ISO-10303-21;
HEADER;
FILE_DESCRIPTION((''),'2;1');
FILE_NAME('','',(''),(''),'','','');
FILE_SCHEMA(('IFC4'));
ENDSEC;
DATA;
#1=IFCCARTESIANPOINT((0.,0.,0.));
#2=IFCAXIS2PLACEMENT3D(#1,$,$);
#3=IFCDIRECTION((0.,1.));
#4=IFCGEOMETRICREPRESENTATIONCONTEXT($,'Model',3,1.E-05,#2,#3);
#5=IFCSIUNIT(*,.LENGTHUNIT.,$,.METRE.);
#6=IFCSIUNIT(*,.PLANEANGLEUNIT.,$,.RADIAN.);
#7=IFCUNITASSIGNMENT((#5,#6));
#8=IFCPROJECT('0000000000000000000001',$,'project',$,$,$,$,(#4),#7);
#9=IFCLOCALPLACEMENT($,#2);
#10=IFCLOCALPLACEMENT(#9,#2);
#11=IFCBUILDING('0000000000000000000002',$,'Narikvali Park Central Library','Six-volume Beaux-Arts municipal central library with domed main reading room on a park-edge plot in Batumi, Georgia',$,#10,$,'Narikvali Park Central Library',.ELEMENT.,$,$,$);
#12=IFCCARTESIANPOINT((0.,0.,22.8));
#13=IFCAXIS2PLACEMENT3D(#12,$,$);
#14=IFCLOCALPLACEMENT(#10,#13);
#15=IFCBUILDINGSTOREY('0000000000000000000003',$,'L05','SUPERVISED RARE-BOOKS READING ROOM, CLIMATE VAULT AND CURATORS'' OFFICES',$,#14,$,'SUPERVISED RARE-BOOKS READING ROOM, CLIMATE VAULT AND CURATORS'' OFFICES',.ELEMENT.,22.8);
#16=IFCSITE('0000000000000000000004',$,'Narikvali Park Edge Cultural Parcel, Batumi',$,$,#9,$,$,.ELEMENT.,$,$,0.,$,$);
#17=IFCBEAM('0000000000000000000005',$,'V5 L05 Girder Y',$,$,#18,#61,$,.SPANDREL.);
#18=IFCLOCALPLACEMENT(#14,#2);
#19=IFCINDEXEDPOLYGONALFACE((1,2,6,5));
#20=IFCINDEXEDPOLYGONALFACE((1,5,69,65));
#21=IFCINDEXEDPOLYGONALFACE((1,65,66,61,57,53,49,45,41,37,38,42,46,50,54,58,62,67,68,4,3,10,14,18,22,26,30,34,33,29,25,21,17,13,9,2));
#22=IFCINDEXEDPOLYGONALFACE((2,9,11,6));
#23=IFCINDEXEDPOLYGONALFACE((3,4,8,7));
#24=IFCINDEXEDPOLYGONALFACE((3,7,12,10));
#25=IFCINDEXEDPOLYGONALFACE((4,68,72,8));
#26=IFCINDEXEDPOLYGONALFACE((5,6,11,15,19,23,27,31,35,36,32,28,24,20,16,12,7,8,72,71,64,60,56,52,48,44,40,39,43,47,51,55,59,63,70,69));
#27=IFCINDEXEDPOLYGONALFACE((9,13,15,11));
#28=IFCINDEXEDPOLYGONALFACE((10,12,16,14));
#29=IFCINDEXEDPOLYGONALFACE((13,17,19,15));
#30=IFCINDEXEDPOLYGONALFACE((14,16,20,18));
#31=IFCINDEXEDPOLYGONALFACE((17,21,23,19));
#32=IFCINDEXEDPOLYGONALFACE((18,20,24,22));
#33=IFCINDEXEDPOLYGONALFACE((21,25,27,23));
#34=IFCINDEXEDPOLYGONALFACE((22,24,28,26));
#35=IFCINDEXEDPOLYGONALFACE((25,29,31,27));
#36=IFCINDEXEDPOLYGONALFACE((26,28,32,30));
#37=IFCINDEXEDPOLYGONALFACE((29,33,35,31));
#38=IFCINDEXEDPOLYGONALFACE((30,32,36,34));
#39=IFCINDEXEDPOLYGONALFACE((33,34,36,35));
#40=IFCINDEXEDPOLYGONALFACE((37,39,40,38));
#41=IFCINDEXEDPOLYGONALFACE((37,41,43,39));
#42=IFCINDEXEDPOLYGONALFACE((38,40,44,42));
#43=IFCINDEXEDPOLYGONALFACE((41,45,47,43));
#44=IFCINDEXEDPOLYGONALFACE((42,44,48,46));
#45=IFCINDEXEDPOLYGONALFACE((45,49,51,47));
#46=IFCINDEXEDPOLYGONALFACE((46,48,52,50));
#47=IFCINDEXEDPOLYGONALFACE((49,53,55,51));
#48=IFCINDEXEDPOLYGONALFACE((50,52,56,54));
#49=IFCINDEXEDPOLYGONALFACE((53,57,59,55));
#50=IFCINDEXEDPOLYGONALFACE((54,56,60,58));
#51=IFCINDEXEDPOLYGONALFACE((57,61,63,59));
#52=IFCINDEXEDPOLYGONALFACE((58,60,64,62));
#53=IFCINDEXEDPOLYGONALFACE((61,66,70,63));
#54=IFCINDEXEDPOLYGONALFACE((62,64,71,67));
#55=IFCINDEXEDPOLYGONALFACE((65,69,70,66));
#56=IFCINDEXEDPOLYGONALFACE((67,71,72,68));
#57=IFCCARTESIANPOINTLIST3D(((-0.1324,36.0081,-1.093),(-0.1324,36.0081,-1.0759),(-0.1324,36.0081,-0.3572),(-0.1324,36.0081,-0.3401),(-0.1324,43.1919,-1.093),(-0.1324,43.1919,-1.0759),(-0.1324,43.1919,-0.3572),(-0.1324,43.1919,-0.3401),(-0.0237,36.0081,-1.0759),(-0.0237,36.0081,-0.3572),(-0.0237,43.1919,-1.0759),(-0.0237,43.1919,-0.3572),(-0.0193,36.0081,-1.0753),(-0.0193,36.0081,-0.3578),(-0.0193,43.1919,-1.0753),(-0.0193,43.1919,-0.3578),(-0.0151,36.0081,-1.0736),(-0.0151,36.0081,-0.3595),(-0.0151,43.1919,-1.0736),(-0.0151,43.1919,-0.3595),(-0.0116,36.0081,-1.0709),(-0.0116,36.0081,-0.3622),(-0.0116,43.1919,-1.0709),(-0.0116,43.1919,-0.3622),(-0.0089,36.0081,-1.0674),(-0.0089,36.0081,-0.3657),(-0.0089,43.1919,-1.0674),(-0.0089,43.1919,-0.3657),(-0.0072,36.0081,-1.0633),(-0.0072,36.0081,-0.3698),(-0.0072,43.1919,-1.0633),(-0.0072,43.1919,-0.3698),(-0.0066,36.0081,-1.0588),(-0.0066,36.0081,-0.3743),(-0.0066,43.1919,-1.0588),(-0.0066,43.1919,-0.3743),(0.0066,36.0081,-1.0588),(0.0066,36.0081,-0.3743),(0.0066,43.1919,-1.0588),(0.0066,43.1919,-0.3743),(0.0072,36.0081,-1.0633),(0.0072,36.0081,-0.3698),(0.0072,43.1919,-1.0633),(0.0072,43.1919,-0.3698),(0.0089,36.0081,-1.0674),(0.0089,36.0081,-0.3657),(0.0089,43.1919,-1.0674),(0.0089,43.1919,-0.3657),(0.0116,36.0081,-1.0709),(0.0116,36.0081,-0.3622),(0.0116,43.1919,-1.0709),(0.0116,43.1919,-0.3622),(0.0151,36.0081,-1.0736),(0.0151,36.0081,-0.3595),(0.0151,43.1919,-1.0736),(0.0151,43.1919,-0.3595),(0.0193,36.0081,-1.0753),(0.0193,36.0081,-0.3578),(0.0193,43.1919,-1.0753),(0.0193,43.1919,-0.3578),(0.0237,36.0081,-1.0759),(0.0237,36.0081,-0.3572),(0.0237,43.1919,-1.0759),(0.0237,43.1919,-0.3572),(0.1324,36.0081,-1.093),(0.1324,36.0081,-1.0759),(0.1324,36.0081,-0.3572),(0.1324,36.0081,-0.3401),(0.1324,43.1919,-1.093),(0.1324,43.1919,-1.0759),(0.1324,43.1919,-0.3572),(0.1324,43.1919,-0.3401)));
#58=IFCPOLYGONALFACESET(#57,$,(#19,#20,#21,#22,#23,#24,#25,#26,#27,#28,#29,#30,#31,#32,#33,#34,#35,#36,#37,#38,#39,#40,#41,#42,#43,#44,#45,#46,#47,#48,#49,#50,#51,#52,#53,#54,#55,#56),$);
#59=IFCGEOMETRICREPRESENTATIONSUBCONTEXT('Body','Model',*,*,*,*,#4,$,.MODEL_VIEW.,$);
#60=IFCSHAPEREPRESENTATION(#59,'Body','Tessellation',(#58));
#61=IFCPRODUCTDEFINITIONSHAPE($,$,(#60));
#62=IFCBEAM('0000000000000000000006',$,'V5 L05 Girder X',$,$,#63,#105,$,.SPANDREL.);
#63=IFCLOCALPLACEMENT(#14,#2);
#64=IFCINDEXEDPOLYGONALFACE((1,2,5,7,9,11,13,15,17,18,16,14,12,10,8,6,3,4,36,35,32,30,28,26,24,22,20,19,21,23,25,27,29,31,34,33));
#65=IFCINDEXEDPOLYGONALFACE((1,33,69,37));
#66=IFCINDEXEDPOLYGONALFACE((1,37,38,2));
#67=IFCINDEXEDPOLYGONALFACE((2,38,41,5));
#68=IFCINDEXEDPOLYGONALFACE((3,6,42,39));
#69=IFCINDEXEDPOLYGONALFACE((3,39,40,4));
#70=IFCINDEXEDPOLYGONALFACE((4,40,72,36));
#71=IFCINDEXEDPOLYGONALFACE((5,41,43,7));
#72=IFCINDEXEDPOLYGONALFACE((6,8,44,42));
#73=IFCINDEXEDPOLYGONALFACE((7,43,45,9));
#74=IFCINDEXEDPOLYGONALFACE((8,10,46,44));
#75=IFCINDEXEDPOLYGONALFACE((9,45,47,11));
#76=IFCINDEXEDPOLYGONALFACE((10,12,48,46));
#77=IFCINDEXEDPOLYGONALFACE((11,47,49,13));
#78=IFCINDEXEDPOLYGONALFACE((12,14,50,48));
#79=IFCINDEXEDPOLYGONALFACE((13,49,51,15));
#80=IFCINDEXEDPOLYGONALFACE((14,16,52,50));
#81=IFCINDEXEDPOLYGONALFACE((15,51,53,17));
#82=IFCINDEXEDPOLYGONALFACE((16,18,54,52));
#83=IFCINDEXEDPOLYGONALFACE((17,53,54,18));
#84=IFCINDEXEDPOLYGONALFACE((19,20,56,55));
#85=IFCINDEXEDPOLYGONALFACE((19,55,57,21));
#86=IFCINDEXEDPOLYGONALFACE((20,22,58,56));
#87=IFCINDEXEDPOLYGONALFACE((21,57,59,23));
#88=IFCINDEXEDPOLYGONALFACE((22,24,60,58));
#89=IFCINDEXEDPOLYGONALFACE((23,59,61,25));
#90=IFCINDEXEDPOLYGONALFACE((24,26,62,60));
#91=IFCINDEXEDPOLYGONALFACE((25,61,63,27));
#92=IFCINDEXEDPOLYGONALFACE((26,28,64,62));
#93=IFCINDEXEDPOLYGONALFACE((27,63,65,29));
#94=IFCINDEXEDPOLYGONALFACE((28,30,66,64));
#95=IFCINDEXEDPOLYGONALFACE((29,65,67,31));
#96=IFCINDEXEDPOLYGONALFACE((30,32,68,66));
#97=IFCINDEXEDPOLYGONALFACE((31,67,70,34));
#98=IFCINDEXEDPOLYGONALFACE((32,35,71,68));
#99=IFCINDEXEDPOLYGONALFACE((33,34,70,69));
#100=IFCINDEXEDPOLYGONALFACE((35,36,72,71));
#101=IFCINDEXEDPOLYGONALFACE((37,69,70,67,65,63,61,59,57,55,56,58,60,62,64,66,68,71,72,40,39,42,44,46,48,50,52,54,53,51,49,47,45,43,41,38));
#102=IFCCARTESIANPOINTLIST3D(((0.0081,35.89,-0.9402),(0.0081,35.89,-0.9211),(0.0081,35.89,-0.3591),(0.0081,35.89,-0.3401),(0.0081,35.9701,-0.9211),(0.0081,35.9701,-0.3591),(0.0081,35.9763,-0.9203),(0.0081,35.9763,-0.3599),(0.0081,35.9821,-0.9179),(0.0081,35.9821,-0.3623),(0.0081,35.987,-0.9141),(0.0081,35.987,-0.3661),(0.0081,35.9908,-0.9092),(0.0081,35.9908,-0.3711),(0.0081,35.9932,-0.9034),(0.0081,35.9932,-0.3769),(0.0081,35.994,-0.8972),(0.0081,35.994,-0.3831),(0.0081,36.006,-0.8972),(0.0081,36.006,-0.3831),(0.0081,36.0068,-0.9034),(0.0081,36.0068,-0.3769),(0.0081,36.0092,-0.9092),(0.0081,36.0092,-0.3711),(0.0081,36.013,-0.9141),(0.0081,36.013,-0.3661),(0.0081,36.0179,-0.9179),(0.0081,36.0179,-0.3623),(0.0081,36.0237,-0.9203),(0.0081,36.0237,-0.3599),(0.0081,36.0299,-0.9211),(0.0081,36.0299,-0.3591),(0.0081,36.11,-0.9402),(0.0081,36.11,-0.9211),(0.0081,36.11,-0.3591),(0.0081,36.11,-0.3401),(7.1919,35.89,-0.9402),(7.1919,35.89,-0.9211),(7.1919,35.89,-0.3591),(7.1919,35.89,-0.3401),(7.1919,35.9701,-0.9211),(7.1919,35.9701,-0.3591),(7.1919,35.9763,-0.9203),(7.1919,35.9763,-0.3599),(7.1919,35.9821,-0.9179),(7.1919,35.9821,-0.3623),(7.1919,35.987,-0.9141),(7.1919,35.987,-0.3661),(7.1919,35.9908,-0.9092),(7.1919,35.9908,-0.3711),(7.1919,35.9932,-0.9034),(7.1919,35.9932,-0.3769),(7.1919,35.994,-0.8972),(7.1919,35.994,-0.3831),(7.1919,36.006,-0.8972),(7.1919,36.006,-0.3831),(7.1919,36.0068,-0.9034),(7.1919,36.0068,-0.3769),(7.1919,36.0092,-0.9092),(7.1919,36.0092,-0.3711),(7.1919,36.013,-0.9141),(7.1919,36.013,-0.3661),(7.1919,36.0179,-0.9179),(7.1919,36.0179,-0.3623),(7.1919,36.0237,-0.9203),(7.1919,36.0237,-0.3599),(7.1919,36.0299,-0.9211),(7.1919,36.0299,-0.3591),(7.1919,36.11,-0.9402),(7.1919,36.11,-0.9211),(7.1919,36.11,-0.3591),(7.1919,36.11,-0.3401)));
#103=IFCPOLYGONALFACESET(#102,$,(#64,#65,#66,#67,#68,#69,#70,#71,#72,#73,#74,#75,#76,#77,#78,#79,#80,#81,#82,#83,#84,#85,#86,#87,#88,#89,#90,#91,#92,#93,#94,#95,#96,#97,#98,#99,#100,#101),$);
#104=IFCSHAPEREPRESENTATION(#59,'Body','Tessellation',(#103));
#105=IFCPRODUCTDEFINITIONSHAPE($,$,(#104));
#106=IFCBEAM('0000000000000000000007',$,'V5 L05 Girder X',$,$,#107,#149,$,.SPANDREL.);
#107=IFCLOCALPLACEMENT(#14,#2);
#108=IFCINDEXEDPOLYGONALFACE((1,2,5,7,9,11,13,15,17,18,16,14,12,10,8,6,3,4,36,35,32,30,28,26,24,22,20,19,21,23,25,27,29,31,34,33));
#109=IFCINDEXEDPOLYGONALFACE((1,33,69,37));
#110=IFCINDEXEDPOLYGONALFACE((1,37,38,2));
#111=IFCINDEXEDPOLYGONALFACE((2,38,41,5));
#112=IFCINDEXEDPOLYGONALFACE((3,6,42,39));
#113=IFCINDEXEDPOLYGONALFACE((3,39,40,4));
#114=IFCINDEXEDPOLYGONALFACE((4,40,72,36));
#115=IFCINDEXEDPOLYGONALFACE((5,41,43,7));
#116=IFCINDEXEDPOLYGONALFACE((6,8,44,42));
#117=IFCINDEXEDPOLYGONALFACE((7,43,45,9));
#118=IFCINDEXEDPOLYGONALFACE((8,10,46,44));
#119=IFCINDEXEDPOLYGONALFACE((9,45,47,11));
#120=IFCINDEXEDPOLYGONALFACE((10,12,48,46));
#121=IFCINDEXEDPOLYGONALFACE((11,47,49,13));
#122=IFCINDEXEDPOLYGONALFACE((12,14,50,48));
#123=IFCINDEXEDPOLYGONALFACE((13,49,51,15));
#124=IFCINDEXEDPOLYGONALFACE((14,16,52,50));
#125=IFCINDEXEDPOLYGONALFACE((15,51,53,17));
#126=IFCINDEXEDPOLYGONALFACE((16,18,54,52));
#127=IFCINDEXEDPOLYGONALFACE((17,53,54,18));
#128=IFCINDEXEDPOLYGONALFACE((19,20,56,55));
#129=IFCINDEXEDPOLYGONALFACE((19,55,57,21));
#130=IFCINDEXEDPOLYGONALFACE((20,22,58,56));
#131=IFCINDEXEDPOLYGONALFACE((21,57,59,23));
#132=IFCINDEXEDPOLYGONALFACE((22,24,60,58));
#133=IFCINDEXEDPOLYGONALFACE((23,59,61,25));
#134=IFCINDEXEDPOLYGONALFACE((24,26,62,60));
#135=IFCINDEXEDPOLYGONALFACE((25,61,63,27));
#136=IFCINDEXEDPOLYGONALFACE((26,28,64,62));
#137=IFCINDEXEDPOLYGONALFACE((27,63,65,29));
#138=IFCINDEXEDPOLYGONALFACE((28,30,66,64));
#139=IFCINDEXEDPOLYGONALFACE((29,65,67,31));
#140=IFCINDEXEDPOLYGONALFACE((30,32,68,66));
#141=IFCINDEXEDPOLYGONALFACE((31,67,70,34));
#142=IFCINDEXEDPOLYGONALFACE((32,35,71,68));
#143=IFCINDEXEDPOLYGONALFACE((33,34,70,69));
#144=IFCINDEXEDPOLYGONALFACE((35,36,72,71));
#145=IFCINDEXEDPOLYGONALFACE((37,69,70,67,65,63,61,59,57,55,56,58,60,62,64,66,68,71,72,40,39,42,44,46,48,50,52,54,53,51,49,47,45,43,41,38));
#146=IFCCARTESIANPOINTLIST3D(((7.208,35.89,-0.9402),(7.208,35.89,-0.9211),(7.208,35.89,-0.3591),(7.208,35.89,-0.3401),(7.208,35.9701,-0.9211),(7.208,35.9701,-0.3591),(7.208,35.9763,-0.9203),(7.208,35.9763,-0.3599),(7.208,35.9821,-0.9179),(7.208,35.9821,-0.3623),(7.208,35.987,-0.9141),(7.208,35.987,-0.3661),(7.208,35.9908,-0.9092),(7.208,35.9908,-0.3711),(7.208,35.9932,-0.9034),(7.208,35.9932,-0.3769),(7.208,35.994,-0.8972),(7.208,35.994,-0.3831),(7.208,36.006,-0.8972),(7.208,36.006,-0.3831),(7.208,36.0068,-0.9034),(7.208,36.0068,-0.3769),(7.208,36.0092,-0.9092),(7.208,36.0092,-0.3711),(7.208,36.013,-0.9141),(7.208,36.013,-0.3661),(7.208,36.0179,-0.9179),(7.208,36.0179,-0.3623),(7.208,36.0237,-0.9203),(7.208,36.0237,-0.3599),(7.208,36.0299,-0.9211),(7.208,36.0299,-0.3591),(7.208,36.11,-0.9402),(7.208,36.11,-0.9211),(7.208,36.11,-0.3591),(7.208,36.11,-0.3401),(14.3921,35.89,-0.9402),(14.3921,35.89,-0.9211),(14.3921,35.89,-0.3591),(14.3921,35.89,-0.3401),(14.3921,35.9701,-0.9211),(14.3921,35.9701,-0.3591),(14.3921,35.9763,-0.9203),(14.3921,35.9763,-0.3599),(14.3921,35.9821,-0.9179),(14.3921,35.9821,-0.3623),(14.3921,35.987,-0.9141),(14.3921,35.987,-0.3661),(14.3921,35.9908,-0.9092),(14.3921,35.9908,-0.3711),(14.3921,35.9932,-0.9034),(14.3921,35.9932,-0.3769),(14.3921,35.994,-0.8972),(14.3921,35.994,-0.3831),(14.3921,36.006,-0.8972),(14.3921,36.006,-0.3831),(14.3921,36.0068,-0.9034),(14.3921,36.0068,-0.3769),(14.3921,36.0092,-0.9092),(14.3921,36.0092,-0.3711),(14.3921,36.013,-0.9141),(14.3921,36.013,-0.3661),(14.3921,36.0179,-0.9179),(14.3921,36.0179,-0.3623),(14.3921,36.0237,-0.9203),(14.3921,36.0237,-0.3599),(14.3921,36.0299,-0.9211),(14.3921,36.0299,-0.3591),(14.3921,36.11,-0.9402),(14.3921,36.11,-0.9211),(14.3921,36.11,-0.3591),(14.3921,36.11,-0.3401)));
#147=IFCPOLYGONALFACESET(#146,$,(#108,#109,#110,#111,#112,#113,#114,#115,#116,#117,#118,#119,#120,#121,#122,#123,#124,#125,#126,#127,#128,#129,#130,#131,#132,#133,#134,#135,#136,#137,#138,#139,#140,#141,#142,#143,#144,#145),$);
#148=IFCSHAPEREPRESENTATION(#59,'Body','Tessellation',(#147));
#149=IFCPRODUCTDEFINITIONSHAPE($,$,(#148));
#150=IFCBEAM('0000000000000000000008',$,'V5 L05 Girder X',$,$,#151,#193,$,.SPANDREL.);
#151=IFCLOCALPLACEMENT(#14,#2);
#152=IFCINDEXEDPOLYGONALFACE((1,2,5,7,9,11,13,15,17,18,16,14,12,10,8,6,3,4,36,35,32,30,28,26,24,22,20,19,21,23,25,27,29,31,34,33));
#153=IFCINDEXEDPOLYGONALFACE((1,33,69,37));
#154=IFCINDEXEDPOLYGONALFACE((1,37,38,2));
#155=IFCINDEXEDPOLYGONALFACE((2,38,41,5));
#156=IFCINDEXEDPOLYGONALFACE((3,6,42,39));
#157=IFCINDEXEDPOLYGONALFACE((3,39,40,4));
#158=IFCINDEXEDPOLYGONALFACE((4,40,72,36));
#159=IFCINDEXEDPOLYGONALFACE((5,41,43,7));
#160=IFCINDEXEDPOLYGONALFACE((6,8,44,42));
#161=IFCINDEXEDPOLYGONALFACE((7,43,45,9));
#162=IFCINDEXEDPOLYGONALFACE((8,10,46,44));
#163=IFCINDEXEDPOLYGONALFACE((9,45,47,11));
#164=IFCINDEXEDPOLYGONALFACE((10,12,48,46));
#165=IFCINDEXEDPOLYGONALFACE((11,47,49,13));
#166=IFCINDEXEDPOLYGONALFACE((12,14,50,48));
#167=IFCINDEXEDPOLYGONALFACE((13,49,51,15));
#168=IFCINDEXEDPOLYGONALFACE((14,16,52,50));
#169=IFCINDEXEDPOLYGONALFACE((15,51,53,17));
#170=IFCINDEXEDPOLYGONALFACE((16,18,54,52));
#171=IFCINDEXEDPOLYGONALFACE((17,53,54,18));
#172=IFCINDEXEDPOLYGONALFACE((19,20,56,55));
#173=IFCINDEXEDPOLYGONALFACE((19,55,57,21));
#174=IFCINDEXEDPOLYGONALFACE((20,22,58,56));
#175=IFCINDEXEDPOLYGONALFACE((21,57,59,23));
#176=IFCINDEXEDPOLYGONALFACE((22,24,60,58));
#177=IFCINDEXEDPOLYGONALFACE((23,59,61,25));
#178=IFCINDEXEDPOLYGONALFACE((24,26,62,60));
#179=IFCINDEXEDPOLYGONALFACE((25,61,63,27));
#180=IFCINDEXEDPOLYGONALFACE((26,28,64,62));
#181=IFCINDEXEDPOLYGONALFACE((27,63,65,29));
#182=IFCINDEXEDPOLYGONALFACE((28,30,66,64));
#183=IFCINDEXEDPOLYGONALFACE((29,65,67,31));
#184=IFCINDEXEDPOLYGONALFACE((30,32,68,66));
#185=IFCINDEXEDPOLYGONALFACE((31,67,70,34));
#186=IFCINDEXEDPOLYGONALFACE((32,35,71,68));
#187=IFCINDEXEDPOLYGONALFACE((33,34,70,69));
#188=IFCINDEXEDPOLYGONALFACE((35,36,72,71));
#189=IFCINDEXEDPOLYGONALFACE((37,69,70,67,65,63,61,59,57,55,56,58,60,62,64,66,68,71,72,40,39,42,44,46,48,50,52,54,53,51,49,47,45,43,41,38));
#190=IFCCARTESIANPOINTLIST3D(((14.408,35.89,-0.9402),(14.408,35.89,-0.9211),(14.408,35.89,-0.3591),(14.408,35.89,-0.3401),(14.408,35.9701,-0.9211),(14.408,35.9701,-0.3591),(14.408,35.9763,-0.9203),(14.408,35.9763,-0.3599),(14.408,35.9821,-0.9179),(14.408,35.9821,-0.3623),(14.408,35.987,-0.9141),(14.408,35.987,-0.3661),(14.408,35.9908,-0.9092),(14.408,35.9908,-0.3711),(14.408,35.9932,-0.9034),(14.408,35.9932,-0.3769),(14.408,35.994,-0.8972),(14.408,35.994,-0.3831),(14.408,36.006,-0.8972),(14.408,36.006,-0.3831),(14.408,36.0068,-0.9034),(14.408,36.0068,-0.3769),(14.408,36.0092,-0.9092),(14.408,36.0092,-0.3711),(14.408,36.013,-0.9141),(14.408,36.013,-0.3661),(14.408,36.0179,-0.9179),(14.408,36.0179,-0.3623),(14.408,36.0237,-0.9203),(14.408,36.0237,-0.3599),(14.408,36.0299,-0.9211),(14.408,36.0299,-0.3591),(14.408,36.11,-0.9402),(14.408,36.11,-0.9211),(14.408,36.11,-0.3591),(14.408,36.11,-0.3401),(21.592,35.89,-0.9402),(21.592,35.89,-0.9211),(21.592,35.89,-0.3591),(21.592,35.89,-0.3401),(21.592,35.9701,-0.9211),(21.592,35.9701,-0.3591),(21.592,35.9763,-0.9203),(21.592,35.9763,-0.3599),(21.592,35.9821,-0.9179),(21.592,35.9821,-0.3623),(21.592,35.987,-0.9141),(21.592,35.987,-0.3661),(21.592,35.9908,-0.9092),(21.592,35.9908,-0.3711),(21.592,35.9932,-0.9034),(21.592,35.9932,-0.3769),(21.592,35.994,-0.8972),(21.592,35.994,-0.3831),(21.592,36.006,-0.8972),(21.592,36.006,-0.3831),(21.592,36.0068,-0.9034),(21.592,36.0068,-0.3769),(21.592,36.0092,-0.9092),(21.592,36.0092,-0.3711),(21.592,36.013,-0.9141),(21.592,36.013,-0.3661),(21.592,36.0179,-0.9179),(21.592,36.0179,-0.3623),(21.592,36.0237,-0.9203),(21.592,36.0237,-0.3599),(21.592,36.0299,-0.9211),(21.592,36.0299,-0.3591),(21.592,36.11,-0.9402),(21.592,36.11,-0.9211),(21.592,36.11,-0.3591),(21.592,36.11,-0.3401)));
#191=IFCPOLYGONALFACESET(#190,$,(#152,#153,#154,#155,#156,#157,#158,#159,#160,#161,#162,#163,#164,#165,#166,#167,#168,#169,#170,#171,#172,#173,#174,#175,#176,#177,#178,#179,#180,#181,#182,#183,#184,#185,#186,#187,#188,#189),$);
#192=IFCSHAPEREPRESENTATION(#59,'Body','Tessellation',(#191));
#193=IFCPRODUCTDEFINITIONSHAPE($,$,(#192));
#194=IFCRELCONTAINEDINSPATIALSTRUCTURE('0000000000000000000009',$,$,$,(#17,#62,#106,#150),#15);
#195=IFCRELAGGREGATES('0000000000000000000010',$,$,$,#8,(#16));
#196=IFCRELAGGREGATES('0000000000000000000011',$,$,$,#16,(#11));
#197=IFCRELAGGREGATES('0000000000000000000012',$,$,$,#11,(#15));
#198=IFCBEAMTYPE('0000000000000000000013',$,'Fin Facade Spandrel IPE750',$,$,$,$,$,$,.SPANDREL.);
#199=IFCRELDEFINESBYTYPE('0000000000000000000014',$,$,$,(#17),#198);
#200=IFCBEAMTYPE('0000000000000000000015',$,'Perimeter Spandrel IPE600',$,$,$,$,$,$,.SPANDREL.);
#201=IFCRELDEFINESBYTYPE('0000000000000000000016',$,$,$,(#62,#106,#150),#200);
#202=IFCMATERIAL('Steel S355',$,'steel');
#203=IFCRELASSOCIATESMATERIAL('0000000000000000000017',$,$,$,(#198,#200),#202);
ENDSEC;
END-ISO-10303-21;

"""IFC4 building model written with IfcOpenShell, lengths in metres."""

from ifc_helpers import new_model, si_unit, direction, frame, origin, origin_2d, place, context, subcontext, project, spatial, i_section, extrude, material, material_profile, profile_set, type_object, element, save


model = new_model("IFC4")

# Units and contexts
model_context = context("Model", 3, precision=1e-05, world=origin(), true_north=direction((0.0, 1.0)))
body_context = subcontext(model_context, "Body", "Model", "MODEL_VIEW")
ifc_project = project(units=[si_unit("LENGTHUNIT", "METRE"), si_unit("PLANEANGLEUNIT", "RADIAN")], contexts=[model_context])

# Site, building, storey
site_placement = place(None, origin())
site = spatial("IfcSite", under=ifc_project, at=site_placement, Name="Narikvali Park Edge Cultural Parcel, Batumi", CompositionType="ELEMENT", RefElevation=0.0)
building_placement = place(site_placement, origin())
building = spatial("IfcBuilding", under=site, at=building_placement, Name="Narikvali Park Central Library", Description="Six-volume Beaux-Arts municipal central library with domed main reading room on a park-edge plot in Batumi, Georgia", LongName="Narikvali Park Central Library", CompositionType="ELEMENT")
storey_placement = place(building_placement, frame((0.0, 0.0, 22.8)))
storey = spatial("IfcBuildingStorey", under=building, at=storey_placement, Name="L05", Description="SUPERVISED RARE-BOOKS READING ROOM, CLIMATE VAULT AND CURATORS' OFFICES", LongName="SUPERVISED RARE-BOOKS READING ROOM, CLIMATE VAULT AND CURATORS' OFFICES", CompositionType="ELEMENT", Elevation=22.8)

# Beams
ifc_material_1 = material(Name="Steel S355", Category="steel")
ifc_material_profile_1 = material_profile(ifc_material_1, i_section(OverallWidth=0.2649, OverallDepth=0.7529, WebThickness=0.0132, FlangeThickness=0.0171, FilletRadius=0.0171, at=origin_2d()), Name="IPE 750x147")
ifc_profile_set_1 = profile_set([ifc_material_profile_1], Name="Steel S355")
beam_type_1 = type_object("IfcBeamType", Name="Fin Facade Spandrel IPE750", PredefinedType="SPANDREL", material=ifc_profile_set_1)
beam_1_placement = place(storey_placement, frame((0.0, 36.0081, -0.7166), z_axis=(0.0, 1.0, 0.0), x_axis=(-1.0, 0.0, 0.0)))
element("IfcBeam", 1, at=beam_1_placement, inside=storey, type_object=beam_type_1, Name="V5 L05 Girder Y", PredefinedType="SPANDREL", context=body_context, shape_type="SweptSolid", body=[
    extrude(i_section(OverallWidth=0.2649, OverallDepth=0.7529, WebThickness=0.0132, FlangeThickness=0.0171, FilletRadius=0.0171, at=origin_2d()), origin(), (0.0, 0.0, 1.0), 7.1838),
])
ifc_material_profile_2 = material_profile(ifc_material_1, i_section(OverallWidth=0.22, OverallDepth=0.6001, WebThickness=0.012, FlangeThickness=0.019, FilletRadius=0.0239, at=origin_2d()), Name="IPE 600")
ifc_profile_set_2 = profile_set([ifc_material_profile_2], Name="Steel S355")
beam_type_2 = type_object("IfcBeamType", Name="Perimeter Spandrel IPE600", PredefinedType="SPANDREL", material=ifc_profile_set_2)
beam_2_placement = place(storey_placement, frame((0.0081, 36.0, -0.6401), z_axis=(1.0, 0.0, 0.0), x_axis=(0.0, 1.0, 0.0)))
element("IfcBeam", 2, at=beam_2_placement, inside=storey, type_object=beam_type_2, Name="V5 L05 Girder X", PredefinedType="SPANDREL", context=body_context, shape_type="SweptSolid", body=[
    extrude(i_section(OverallWidth=0.22, OverallDepth=0.6001, WebThickness=0.012, FlangeThickness=0.019, FilletRadius=0.0239, at=origin_2d()), origin(), (0.0, 0.0, 1.0), 7.1838),
])
for number, where, z_axis, x_axis, name in (
    (3, (7.208, 36.0, -0.6401), (1.0, 0.0, 0.0), (0.0, 1.0, 0.0), "V5 L05 Girder X"),
    (4, (14.408, 36.0, -0.6401), (1.0, 0.0, 0.0), (0.0, 1.0, 0.0), "V5 L05 Girder X"),
):
    element("IfcBeam", number, at=place(storey_placement, frame(where, z_axis=z_axis, x_axis=x_axis)), inside=storey, type_object=beam_type_2, Name=name, PredefinedType="SPANDREL", context=body_context, shape_type="SweptSolid", body=[
        extrude(i_section(OverallWidth=0.22, OverallDepth=0.6001, WebThickness=0.012, FlangeThickness=0.019, FilletRadius=0.0239, at=origin_2d()), origin(), (0.0, 0.0, 1.0), 7.1841),
    ])

save(model, "model.ifc")
